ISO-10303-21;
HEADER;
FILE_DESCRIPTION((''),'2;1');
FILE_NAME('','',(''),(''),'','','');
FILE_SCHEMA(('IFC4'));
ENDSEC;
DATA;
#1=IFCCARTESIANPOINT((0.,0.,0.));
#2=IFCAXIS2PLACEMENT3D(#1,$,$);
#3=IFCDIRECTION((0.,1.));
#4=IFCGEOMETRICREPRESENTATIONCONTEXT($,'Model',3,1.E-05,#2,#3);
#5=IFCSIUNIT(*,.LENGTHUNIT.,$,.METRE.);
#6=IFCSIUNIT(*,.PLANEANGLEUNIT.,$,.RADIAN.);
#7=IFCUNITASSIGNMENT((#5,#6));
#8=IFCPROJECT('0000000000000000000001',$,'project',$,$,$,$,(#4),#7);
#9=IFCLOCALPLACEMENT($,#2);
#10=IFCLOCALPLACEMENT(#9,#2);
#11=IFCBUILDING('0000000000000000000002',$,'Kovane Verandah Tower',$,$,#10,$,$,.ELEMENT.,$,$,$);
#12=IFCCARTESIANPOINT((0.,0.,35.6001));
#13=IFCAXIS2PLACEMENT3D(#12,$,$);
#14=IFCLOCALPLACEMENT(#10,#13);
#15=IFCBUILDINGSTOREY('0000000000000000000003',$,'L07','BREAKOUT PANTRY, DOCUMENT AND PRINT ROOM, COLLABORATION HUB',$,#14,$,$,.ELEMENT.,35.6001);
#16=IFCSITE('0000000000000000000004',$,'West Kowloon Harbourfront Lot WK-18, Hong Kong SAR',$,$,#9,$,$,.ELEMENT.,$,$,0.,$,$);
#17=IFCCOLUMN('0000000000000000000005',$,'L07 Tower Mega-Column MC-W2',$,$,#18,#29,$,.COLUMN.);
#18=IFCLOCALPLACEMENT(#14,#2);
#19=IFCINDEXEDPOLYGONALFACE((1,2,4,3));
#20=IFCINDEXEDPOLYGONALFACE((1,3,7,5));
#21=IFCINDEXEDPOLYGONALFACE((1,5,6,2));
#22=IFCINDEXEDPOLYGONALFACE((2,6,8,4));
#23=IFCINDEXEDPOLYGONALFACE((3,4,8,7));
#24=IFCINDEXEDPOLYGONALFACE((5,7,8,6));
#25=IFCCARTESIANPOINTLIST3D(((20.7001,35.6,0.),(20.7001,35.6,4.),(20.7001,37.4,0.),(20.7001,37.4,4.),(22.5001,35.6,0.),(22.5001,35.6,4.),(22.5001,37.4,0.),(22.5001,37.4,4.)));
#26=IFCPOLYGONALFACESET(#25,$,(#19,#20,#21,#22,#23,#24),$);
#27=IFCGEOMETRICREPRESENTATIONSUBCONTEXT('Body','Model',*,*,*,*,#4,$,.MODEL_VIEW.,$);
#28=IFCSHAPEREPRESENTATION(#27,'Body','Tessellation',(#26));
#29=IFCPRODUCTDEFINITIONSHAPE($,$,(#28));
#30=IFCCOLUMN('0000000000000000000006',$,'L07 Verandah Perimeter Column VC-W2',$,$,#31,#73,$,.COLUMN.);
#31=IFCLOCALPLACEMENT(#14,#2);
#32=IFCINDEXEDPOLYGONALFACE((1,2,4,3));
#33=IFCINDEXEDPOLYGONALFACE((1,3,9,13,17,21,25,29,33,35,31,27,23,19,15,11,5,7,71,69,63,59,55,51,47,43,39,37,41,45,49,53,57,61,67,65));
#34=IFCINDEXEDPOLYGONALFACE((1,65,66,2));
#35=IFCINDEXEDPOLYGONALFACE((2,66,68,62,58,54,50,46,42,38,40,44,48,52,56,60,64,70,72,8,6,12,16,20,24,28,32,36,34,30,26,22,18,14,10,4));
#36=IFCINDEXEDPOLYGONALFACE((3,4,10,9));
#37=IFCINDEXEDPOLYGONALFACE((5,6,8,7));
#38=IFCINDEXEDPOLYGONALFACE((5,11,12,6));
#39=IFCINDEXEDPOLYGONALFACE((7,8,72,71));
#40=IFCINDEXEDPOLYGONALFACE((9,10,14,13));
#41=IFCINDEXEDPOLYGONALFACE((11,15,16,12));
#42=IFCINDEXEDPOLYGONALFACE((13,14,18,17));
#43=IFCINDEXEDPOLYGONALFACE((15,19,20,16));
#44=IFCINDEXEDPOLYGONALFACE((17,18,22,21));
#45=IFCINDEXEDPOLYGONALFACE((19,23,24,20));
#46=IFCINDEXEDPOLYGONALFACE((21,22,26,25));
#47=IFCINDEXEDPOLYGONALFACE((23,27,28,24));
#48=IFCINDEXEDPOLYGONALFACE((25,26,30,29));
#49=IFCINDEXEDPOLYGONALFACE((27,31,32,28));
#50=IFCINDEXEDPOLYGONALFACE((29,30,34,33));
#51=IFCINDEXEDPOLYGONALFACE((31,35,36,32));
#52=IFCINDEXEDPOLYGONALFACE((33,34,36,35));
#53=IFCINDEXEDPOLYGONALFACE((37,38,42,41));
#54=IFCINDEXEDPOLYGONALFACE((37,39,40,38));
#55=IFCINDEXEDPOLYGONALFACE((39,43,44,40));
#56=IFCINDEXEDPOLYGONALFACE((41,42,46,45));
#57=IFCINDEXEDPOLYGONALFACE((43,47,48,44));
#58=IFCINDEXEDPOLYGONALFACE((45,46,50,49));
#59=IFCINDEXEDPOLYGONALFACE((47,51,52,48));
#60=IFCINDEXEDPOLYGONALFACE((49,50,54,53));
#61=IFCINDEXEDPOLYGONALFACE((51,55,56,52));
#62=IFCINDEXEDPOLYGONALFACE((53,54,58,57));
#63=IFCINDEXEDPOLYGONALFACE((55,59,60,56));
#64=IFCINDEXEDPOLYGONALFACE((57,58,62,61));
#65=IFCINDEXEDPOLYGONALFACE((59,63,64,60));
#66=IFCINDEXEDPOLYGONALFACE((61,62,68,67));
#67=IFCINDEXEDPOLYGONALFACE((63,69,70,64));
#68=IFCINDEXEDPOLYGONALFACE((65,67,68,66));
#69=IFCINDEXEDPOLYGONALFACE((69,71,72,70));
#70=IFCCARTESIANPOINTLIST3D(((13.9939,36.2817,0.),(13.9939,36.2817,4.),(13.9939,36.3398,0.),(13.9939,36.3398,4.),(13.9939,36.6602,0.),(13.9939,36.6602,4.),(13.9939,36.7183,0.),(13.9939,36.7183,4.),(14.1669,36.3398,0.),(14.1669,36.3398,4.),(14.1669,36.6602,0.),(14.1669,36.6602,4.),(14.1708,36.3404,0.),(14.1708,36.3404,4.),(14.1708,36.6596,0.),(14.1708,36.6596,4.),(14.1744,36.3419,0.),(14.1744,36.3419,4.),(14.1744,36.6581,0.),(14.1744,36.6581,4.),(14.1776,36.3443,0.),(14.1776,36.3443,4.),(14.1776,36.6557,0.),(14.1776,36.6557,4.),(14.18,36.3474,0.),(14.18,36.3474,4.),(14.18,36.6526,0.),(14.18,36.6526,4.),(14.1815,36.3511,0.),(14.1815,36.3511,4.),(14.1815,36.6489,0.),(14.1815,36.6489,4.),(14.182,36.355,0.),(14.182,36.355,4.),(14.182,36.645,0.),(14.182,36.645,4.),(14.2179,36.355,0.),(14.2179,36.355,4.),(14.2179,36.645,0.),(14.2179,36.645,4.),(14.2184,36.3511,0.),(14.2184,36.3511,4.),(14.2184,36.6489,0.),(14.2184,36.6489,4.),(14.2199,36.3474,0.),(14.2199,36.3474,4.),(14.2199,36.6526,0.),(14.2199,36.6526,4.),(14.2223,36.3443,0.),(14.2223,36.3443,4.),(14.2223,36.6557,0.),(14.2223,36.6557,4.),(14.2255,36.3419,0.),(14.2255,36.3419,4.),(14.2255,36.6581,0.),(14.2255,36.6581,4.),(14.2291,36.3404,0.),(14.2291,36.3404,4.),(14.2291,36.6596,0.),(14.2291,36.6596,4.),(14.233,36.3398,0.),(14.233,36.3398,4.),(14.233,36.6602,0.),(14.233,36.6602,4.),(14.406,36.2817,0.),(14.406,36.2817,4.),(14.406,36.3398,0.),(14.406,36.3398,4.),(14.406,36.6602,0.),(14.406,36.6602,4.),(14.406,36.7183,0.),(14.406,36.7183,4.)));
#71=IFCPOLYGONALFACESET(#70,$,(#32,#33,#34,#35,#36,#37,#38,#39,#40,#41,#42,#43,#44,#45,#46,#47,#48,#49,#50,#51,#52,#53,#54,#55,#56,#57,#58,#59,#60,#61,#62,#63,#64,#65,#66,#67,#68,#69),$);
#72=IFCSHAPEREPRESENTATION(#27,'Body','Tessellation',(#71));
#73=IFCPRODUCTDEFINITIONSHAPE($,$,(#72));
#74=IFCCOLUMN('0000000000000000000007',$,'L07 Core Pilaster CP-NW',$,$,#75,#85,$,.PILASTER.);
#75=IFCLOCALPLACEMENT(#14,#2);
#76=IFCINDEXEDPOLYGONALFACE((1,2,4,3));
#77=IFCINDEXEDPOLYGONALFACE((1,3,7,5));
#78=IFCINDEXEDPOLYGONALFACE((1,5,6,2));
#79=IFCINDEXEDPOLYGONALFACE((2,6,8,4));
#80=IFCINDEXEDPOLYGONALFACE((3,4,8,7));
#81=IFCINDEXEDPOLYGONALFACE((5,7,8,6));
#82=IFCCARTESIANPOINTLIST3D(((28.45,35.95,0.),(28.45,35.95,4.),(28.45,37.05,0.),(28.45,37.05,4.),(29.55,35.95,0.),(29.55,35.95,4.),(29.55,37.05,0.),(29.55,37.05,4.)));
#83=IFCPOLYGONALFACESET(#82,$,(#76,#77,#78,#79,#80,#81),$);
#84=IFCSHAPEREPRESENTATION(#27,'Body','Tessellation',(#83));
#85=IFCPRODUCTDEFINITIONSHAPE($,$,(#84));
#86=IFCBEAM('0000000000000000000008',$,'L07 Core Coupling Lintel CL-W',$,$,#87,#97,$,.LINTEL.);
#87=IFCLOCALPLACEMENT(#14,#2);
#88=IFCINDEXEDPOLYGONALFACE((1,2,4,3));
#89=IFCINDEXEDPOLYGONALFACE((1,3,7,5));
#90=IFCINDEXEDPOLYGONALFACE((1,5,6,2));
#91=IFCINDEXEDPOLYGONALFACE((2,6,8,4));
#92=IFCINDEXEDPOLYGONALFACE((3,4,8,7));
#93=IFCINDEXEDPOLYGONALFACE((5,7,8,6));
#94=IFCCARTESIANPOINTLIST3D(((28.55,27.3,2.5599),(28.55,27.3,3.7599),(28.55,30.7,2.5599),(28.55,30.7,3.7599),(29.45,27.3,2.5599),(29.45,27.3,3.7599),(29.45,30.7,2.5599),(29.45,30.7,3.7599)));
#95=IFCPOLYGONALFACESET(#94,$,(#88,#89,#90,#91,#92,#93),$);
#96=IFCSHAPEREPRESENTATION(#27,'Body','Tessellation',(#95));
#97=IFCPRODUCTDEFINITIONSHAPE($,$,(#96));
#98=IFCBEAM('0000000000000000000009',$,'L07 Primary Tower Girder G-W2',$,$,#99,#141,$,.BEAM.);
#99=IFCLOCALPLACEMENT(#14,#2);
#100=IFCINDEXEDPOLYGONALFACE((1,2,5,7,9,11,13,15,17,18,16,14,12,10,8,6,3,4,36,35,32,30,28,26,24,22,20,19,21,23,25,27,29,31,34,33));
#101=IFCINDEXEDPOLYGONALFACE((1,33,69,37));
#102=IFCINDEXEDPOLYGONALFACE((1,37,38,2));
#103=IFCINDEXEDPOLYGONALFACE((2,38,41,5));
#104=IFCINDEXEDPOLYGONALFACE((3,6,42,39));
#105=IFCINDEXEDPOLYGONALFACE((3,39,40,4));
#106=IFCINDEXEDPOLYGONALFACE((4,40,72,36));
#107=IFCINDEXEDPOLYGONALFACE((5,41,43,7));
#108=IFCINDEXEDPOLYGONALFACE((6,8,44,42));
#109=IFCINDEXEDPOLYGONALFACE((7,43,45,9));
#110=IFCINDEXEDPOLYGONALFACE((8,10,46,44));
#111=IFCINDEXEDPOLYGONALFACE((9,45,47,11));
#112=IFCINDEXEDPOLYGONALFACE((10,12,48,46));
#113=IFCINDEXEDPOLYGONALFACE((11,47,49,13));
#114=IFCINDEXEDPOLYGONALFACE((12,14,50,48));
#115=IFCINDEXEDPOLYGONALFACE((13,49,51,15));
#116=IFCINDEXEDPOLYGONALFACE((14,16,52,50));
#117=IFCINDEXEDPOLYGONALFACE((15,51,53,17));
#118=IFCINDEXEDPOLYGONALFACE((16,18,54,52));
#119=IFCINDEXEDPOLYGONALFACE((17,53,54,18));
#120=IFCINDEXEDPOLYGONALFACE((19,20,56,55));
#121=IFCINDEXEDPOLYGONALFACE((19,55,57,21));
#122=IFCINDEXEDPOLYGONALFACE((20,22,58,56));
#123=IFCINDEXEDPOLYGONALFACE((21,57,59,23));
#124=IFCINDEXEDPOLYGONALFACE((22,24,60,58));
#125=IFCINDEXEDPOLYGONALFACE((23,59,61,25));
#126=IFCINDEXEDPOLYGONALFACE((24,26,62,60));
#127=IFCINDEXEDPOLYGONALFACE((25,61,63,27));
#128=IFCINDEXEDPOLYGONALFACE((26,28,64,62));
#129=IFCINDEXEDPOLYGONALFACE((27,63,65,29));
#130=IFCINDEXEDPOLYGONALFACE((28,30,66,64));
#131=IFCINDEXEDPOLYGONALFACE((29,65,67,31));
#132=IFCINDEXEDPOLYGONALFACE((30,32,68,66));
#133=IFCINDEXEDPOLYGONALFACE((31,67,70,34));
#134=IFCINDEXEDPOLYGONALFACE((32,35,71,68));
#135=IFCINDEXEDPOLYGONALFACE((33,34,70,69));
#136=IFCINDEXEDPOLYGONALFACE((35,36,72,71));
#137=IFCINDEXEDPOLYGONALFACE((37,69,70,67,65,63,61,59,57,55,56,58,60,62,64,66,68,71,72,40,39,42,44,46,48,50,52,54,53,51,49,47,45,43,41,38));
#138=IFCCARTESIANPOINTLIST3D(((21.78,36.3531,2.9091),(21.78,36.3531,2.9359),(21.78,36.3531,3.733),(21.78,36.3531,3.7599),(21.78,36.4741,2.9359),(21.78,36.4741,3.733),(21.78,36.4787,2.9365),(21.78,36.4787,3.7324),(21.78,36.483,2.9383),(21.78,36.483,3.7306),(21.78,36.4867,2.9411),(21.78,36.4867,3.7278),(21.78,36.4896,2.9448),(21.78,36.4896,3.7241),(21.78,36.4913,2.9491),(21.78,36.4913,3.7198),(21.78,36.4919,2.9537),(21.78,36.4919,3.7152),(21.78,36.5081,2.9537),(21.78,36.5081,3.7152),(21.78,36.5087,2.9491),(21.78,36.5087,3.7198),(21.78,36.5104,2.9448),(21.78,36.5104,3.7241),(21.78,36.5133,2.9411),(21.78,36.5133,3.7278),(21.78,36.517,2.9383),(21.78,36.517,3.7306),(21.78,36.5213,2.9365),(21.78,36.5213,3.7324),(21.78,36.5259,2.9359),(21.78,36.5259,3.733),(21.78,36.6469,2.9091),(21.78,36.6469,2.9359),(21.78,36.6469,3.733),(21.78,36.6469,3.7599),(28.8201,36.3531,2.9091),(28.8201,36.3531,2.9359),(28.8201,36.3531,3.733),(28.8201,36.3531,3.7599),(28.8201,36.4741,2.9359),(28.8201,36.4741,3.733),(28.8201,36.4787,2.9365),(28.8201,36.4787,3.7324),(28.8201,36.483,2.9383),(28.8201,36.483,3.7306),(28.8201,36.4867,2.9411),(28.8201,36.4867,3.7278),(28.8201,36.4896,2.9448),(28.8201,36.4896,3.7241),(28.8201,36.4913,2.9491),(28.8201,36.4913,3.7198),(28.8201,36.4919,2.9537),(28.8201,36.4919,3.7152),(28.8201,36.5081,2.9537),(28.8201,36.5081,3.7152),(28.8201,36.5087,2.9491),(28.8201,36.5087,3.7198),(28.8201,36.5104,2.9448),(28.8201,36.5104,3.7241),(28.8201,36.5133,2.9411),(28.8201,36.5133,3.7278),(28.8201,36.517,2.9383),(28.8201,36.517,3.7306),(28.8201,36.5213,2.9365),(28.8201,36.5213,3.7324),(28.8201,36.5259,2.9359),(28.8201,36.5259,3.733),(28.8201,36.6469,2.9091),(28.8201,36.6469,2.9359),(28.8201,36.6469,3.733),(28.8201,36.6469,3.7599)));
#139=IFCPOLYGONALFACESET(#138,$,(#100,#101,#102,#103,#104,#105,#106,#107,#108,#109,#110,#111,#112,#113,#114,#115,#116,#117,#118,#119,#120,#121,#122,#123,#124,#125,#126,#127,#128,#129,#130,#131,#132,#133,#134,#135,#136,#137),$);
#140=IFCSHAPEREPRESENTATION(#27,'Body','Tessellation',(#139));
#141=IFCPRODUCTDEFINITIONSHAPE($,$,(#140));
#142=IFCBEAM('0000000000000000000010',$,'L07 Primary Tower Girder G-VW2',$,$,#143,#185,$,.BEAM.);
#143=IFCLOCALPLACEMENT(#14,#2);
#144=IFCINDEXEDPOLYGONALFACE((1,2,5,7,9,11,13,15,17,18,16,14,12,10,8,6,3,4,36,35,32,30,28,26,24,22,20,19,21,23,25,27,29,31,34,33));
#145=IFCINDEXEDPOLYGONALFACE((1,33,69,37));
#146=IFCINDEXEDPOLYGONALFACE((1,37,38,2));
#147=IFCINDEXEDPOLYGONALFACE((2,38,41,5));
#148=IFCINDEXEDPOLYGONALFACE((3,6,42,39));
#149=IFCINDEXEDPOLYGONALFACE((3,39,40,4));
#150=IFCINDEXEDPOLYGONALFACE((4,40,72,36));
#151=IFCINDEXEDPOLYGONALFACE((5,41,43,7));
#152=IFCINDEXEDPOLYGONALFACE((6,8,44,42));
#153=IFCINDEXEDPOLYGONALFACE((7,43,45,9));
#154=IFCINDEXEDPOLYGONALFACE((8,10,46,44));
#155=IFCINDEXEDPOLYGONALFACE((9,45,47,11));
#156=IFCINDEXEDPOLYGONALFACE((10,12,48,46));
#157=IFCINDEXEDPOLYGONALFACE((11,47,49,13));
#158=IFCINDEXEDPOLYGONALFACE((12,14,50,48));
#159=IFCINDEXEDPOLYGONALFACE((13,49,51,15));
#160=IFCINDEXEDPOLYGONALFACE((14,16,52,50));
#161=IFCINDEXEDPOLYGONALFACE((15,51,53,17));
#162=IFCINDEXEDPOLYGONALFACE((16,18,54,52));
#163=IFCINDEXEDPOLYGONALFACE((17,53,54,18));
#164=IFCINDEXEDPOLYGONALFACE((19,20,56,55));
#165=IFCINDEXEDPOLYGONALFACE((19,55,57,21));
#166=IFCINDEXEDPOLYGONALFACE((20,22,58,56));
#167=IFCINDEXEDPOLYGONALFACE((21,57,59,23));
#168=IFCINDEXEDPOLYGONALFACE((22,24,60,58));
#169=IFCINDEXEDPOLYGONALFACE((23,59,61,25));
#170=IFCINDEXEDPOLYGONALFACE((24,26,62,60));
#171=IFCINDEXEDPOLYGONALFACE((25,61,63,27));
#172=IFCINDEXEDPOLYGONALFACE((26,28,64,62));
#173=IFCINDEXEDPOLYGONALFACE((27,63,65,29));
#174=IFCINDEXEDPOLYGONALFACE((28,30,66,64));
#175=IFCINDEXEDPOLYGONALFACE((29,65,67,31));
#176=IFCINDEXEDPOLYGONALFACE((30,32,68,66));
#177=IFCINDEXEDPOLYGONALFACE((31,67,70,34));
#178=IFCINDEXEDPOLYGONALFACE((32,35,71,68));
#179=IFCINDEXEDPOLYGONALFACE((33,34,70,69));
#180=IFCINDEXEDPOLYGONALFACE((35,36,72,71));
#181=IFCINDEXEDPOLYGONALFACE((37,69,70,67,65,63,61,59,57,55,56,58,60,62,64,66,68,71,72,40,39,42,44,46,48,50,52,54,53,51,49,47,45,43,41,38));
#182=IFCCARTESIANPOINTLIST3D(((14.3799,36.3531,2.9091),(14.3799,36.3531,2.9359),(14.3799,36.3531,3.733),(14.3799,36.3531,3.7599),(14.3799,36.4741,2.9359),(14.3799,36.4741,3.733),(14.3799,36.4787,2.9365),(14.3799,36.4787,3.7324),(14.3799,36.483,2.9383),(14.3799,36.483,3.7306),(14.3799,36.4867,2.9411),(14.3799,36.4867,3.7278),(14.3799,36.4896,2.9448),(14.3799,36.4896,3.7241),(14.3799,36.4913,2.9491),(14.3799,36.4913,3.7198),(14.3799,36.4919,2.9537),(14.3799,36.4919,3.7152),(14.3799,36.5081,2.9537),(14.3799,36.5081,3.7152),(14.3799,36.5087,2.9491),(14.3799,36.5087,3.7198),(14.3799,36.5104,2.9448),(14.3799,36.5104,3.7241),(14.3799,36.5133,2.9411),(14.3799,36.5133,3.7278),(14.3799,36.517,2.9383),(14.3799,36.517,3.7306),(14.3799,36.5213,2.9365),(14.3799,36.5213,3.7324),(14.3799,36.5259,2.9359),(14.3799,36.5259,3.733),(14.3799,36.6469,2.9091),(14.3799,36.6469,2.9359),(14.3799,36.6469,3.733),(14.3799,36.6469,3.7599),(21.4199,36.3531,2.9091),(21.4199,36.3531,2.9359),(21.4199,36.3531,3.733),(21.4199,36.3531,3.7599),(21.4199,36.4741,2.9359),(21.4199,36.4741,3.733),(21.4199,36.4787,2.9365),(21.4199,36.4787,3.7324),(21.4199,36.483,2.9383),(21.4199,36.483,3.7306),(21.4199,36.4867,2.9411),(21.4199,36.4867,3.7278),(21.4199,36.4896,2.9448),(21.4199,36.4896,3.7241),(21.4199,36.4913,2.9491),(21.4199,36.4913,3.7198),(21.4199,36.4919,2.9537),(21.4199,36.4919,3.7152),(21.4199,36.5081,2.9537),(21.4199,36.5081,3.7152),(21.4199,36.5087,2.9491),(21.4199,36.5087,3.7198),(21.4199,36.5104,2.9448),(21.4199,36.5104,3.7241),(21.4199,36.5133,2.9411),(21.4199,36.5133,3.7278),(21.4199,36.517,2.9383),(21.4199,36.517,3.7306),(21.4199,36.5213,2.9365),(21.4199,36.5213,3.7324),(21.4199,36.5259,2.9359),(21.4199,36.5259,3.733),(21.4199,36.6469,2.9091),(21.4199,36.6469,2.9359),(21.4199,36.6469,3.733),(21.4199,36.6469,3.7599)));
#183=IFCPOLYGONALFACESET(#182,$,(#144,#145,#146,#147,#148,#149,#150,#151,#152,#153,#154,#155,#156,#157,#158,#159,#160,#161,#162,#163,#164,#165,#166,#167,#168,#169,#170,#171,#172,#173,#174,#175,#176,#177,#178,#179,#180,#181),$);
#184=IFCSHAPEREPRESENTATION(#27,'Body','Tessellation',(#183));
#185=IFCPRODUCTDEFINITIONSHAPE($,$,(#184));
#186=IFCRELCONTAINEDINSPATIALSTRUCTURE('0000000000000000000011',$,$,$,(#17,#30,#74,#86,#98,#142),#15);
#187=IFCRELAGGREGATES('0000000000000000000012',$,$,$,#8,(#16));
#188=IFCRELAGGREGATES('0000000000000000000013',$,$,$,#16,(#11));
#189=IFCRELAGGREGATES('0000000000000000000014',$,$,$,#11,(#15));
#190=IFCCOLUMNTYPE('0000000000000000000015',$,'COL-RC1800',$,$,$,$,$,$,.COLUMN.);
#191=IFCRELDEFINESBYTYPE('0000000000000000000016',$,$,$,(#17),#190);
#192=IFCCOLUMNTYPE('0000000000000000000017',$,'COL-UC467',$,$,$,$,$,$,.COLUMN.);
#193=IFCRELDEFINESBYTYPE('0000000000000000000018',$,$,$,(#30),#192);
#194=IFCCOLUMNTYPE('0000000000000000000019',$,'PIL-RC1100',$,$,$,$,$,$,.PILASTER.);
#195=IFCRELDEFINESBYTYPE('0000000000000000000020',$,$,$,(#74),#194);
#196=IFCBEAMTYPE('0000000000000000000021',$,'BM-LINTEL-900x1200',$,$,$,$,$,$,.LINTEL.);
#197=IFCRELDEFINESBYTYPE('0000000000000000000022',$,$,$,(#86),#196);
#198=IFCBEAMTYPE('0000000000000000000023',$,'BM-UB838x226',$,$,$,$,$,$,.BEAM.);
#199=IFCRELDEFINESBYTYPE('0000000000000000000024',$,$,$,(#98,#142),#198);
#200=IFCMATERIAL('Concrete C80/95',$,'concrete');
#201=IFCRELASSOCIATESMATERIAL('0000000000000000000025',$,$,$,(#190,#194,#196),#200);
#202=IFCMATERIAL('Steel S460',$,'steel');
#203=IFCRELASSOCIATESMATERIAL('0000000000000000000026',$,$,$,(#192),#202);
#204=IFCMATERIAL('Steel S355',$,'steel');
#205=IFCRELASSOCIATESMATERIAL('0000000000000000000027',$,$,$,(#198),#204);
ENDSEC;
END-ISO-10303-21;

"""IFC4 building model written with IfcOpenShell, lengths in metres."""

from ifc_helpers import new_model, si_unit, direction, frame, origin, origin_2d, place, context, subcontext, project, spatial, rectangle, i_section, extrude, material, material_profile, profile_set, type_object, element, save


model = new_model("IFC4")

# Units and contexts
model_context = context("Model", 3, precision=1e-05, world=origin(), true_north=direction((0.0, 1.0)))
body_context = subcontext(model_context, "Body", "Model", "MODEL_VIEW")
ifc_project = project(units=[si_unit("LENGTHUNIT", "METRE"), si_unit("PLANEANGLEUNIT", "RADIAN")], contexts=[model_context])

# Site, building, storey
site_placement = place(None, origin())
site = spatial("IfcSite", under=ifc_project, at=site_placement, Name="West Kowloon Harbourfront Lot WK-18, Hong Kong SAR", CompositionType="ELEMENT", RefElevation=0.0)
building_placement = place(site_placement, origin())
building = spatial("IfcBuilding", under=site, at=building_placement, Name="Kovane Verandah Tower", CompositionType="ELEMENT")
storey_placement = place(building_placement, frame((0.0, 0.0, 35.6001)))
storey = spatial("IfcBuildingStorey", under=building, at=storey_placement, Name="L07", Description="BREAKOUT PANTRY, DOCUMENT AND PRINT ROOM, COLLABORATION HUB", CompositionType="ELEMENT", Elevation=35.6001)

# Columns
ifc_material_1 = material(Name="Concrete C80/95", Category="concrete")
ifc_material_profile_1 = material_profile(ifc_material_1, rectangle(XDim=1.8, YDim=1.8, at=origin_2d()), Name="RC1800x1800")
ifc_profile_set_1 = profile_set([ifc_material_profile_1], Name="Concrete C80/95")
column_type_1 = type_object("IfcColumnType", Name="COL-RC1800", PredefinedType="COLUMN", material=ifc_profile_set_1)
column_1_placement = place(storey_placement, frame((21.6001, 36.5, 0.0), z_axis=(0.0, 0.0, 1.0), x_axis=(1.0, 0.0, 0.0)))
element("IfcColumn", 1, at=column_1_placement, inside=storey, type_object=column_type_1, Name="L07 Tower Mega-Column MC-W2", PredefinedType="COLUMN", context=body_context, shape_type="SweptSolid", body=[
    extrude(rectangle(XDim=1.8, YDim=1.8, at=origin_2d()), origin(), (0.0, 0.0, 1.0), 4.0),
])
ifc_material_2 = material(Name="Steel S460", Category="steel")
ifc_material_profile_2 = material_profile(ifc_material_2, i_section(OverallWidth=0.4121, OverallDepth=0.4365, WebThickness=0.0359, FlangeThickness=0.0581, FilletRadius=0.0151, at=origin_2d()), Name="UC356x406x467")
ifc_profile_set_2 = profile_set([ifc_material_profile_2], Name="Steel S460")
column_type_2 = type_object("IfcColumnType", Name="COL-UC467", PredefinedType="COLUMN", material=ifc_profile_set_2)
column_2_placement = place(storey_placement, frame((14.2, 36.5, 0.0), z_axis=(0.0, 0.0, 1.0), x_axis=(1.0, 0.0, 0.0)))
element("IfcColumn", 2, at=column_2_placement, inside=storey, type_object=column_type_2, Name="L07 Verandah Perimeter Column VC-W2", PredefinedType="COLUMN", context=body_context, shape_type="SweptSolid", body=[
    extrude(i_section(OverallWidth=0.4121, OverallDepth=0.4365, WebThickness=0.0359, FlangeThickness=0.0581, FilletRadius=0.0151, at=origin_2d()), origin(), (0.0, 0.0, 1.0), 4.0),
])
ifc_material_profile_3 = material_profile(ifc_material_1, rectangle(XDim=1.1001, YDim=1.1001, at=origin_2d()), Name="RC1100x1100")
ifc_profile_set_3 = profile_set([ifc_material_profile_3], Name="Concrete C80/95")
column_type_3 = type_object("IfcColumnType", Name="PIL-RC1100", PredefinedType="PILASTER", material=ifc_profile_set_3)
column_3_placement = place(storey_placement, frame((29.0, 36.5, 0.0), z_axis=(0.0, 0.0, 1.0), x_axis=(1.0, 0.0, 0.0)))
element("IfcColumn", 3, at=column_3_placement, inside=storey, type_object=column_type_3, Name="L07 Core Pilaster CP-NW", PredefinedType="PILASTER", context=body_context, shape_type="SweptSolid", body=[
    extrude(rectangle(XDim=1.1001, YDim=1.1001, at=origin_2d()), origin(), (0.0, 0.0, 1.0), 4.0),
])

# Beams
ifc_material_profile_4 = material_profile(ifc_material_1, rectangle(XDim=0.8999, YDim=1.2, at=origin_2d()), Name="RCB900x1200")
ifc_profile_set_4 = profile_set([ifc_material_profile_4], Name="Concrete C80/95")
beam_type_1 = type_object("IfcBeamType", Name="BM-LINTEL-900x1200", PredefinedType="LINTEL", material=ifc_profile_set_4)
beam_placement = place(storey_placement, frame((29.0, 27.3, 3.1599), z_axis=(0.0, 1.0, 0.0), x_axis=(-1.0, 0.0, 0.0)))
element("IfcBeam", 4, at=beam_placement, inside=storey, type_object=beam_type_1, Name="L07 Core Coupling Lintel CL-W", PredefinedType="LINTEL", context=body_context, shape_type="SweptSolid", body=[
    extrude(rectangle(XDim=0.8999, YDim=1.2, at=origin_2d()), origin(), (0.0, 0.0, 1.0), 3.3999),
])
ifc_material_3 = material(Name="Steel S355", Category="steel")
ifc_material_profile_5 = material_profile(ifc_material_3, i_section(OverallWidth=0.2937, OverallDepth=0.8508, WebThickness=0.0161, FlangeThickness=0.0269, FilletRadius=0.0178, at=origin_2d()), Name="UB838x292x226")
ifc_profile_set_5 = profile_set([ifc_material_profile_5], Name="Steel S355")
beam_type_2 = type_object("IfcBeamType", Name="BM-UB838x226", PredefinedType="BEAM", material=ifc_profile_set_5)
for number, where, z_axis, x_axis, name in (
    (5, (28.8201, 36.5, 3.3345), (-1.0, 0.0, 0.0), (0.0, -1.0, 0.0), "L07 Primary Tower Girder G-W2"),
    (6, (21.4199, 36.5, 3.3345), (-1.0, 0.0, 0.0), (0.0, -1.0, 0.0), "L07 Primary Tower Girder G-VW2"),
):
    element("IfcBeam", number, at=place(storey_placement, frame(where, z_axis=z_axis, x_axis=x_axis)), inside=storey, type_object=beam_type_2, Name=name, PredefinedType="BEAM", context=body_context, shape_type="SweptSolid", body=[
        extrude(i_section(OverallWidth=0.2937, OverallDepth=0.8508, WebThickness=0.0161, FlangeThickness=0.0269, FilletRadius=0.0178, at=origin_2d()), origin(), (0.0, 0.0, 1.0), 7.04),
    ])

save(model, "model.ifc")
